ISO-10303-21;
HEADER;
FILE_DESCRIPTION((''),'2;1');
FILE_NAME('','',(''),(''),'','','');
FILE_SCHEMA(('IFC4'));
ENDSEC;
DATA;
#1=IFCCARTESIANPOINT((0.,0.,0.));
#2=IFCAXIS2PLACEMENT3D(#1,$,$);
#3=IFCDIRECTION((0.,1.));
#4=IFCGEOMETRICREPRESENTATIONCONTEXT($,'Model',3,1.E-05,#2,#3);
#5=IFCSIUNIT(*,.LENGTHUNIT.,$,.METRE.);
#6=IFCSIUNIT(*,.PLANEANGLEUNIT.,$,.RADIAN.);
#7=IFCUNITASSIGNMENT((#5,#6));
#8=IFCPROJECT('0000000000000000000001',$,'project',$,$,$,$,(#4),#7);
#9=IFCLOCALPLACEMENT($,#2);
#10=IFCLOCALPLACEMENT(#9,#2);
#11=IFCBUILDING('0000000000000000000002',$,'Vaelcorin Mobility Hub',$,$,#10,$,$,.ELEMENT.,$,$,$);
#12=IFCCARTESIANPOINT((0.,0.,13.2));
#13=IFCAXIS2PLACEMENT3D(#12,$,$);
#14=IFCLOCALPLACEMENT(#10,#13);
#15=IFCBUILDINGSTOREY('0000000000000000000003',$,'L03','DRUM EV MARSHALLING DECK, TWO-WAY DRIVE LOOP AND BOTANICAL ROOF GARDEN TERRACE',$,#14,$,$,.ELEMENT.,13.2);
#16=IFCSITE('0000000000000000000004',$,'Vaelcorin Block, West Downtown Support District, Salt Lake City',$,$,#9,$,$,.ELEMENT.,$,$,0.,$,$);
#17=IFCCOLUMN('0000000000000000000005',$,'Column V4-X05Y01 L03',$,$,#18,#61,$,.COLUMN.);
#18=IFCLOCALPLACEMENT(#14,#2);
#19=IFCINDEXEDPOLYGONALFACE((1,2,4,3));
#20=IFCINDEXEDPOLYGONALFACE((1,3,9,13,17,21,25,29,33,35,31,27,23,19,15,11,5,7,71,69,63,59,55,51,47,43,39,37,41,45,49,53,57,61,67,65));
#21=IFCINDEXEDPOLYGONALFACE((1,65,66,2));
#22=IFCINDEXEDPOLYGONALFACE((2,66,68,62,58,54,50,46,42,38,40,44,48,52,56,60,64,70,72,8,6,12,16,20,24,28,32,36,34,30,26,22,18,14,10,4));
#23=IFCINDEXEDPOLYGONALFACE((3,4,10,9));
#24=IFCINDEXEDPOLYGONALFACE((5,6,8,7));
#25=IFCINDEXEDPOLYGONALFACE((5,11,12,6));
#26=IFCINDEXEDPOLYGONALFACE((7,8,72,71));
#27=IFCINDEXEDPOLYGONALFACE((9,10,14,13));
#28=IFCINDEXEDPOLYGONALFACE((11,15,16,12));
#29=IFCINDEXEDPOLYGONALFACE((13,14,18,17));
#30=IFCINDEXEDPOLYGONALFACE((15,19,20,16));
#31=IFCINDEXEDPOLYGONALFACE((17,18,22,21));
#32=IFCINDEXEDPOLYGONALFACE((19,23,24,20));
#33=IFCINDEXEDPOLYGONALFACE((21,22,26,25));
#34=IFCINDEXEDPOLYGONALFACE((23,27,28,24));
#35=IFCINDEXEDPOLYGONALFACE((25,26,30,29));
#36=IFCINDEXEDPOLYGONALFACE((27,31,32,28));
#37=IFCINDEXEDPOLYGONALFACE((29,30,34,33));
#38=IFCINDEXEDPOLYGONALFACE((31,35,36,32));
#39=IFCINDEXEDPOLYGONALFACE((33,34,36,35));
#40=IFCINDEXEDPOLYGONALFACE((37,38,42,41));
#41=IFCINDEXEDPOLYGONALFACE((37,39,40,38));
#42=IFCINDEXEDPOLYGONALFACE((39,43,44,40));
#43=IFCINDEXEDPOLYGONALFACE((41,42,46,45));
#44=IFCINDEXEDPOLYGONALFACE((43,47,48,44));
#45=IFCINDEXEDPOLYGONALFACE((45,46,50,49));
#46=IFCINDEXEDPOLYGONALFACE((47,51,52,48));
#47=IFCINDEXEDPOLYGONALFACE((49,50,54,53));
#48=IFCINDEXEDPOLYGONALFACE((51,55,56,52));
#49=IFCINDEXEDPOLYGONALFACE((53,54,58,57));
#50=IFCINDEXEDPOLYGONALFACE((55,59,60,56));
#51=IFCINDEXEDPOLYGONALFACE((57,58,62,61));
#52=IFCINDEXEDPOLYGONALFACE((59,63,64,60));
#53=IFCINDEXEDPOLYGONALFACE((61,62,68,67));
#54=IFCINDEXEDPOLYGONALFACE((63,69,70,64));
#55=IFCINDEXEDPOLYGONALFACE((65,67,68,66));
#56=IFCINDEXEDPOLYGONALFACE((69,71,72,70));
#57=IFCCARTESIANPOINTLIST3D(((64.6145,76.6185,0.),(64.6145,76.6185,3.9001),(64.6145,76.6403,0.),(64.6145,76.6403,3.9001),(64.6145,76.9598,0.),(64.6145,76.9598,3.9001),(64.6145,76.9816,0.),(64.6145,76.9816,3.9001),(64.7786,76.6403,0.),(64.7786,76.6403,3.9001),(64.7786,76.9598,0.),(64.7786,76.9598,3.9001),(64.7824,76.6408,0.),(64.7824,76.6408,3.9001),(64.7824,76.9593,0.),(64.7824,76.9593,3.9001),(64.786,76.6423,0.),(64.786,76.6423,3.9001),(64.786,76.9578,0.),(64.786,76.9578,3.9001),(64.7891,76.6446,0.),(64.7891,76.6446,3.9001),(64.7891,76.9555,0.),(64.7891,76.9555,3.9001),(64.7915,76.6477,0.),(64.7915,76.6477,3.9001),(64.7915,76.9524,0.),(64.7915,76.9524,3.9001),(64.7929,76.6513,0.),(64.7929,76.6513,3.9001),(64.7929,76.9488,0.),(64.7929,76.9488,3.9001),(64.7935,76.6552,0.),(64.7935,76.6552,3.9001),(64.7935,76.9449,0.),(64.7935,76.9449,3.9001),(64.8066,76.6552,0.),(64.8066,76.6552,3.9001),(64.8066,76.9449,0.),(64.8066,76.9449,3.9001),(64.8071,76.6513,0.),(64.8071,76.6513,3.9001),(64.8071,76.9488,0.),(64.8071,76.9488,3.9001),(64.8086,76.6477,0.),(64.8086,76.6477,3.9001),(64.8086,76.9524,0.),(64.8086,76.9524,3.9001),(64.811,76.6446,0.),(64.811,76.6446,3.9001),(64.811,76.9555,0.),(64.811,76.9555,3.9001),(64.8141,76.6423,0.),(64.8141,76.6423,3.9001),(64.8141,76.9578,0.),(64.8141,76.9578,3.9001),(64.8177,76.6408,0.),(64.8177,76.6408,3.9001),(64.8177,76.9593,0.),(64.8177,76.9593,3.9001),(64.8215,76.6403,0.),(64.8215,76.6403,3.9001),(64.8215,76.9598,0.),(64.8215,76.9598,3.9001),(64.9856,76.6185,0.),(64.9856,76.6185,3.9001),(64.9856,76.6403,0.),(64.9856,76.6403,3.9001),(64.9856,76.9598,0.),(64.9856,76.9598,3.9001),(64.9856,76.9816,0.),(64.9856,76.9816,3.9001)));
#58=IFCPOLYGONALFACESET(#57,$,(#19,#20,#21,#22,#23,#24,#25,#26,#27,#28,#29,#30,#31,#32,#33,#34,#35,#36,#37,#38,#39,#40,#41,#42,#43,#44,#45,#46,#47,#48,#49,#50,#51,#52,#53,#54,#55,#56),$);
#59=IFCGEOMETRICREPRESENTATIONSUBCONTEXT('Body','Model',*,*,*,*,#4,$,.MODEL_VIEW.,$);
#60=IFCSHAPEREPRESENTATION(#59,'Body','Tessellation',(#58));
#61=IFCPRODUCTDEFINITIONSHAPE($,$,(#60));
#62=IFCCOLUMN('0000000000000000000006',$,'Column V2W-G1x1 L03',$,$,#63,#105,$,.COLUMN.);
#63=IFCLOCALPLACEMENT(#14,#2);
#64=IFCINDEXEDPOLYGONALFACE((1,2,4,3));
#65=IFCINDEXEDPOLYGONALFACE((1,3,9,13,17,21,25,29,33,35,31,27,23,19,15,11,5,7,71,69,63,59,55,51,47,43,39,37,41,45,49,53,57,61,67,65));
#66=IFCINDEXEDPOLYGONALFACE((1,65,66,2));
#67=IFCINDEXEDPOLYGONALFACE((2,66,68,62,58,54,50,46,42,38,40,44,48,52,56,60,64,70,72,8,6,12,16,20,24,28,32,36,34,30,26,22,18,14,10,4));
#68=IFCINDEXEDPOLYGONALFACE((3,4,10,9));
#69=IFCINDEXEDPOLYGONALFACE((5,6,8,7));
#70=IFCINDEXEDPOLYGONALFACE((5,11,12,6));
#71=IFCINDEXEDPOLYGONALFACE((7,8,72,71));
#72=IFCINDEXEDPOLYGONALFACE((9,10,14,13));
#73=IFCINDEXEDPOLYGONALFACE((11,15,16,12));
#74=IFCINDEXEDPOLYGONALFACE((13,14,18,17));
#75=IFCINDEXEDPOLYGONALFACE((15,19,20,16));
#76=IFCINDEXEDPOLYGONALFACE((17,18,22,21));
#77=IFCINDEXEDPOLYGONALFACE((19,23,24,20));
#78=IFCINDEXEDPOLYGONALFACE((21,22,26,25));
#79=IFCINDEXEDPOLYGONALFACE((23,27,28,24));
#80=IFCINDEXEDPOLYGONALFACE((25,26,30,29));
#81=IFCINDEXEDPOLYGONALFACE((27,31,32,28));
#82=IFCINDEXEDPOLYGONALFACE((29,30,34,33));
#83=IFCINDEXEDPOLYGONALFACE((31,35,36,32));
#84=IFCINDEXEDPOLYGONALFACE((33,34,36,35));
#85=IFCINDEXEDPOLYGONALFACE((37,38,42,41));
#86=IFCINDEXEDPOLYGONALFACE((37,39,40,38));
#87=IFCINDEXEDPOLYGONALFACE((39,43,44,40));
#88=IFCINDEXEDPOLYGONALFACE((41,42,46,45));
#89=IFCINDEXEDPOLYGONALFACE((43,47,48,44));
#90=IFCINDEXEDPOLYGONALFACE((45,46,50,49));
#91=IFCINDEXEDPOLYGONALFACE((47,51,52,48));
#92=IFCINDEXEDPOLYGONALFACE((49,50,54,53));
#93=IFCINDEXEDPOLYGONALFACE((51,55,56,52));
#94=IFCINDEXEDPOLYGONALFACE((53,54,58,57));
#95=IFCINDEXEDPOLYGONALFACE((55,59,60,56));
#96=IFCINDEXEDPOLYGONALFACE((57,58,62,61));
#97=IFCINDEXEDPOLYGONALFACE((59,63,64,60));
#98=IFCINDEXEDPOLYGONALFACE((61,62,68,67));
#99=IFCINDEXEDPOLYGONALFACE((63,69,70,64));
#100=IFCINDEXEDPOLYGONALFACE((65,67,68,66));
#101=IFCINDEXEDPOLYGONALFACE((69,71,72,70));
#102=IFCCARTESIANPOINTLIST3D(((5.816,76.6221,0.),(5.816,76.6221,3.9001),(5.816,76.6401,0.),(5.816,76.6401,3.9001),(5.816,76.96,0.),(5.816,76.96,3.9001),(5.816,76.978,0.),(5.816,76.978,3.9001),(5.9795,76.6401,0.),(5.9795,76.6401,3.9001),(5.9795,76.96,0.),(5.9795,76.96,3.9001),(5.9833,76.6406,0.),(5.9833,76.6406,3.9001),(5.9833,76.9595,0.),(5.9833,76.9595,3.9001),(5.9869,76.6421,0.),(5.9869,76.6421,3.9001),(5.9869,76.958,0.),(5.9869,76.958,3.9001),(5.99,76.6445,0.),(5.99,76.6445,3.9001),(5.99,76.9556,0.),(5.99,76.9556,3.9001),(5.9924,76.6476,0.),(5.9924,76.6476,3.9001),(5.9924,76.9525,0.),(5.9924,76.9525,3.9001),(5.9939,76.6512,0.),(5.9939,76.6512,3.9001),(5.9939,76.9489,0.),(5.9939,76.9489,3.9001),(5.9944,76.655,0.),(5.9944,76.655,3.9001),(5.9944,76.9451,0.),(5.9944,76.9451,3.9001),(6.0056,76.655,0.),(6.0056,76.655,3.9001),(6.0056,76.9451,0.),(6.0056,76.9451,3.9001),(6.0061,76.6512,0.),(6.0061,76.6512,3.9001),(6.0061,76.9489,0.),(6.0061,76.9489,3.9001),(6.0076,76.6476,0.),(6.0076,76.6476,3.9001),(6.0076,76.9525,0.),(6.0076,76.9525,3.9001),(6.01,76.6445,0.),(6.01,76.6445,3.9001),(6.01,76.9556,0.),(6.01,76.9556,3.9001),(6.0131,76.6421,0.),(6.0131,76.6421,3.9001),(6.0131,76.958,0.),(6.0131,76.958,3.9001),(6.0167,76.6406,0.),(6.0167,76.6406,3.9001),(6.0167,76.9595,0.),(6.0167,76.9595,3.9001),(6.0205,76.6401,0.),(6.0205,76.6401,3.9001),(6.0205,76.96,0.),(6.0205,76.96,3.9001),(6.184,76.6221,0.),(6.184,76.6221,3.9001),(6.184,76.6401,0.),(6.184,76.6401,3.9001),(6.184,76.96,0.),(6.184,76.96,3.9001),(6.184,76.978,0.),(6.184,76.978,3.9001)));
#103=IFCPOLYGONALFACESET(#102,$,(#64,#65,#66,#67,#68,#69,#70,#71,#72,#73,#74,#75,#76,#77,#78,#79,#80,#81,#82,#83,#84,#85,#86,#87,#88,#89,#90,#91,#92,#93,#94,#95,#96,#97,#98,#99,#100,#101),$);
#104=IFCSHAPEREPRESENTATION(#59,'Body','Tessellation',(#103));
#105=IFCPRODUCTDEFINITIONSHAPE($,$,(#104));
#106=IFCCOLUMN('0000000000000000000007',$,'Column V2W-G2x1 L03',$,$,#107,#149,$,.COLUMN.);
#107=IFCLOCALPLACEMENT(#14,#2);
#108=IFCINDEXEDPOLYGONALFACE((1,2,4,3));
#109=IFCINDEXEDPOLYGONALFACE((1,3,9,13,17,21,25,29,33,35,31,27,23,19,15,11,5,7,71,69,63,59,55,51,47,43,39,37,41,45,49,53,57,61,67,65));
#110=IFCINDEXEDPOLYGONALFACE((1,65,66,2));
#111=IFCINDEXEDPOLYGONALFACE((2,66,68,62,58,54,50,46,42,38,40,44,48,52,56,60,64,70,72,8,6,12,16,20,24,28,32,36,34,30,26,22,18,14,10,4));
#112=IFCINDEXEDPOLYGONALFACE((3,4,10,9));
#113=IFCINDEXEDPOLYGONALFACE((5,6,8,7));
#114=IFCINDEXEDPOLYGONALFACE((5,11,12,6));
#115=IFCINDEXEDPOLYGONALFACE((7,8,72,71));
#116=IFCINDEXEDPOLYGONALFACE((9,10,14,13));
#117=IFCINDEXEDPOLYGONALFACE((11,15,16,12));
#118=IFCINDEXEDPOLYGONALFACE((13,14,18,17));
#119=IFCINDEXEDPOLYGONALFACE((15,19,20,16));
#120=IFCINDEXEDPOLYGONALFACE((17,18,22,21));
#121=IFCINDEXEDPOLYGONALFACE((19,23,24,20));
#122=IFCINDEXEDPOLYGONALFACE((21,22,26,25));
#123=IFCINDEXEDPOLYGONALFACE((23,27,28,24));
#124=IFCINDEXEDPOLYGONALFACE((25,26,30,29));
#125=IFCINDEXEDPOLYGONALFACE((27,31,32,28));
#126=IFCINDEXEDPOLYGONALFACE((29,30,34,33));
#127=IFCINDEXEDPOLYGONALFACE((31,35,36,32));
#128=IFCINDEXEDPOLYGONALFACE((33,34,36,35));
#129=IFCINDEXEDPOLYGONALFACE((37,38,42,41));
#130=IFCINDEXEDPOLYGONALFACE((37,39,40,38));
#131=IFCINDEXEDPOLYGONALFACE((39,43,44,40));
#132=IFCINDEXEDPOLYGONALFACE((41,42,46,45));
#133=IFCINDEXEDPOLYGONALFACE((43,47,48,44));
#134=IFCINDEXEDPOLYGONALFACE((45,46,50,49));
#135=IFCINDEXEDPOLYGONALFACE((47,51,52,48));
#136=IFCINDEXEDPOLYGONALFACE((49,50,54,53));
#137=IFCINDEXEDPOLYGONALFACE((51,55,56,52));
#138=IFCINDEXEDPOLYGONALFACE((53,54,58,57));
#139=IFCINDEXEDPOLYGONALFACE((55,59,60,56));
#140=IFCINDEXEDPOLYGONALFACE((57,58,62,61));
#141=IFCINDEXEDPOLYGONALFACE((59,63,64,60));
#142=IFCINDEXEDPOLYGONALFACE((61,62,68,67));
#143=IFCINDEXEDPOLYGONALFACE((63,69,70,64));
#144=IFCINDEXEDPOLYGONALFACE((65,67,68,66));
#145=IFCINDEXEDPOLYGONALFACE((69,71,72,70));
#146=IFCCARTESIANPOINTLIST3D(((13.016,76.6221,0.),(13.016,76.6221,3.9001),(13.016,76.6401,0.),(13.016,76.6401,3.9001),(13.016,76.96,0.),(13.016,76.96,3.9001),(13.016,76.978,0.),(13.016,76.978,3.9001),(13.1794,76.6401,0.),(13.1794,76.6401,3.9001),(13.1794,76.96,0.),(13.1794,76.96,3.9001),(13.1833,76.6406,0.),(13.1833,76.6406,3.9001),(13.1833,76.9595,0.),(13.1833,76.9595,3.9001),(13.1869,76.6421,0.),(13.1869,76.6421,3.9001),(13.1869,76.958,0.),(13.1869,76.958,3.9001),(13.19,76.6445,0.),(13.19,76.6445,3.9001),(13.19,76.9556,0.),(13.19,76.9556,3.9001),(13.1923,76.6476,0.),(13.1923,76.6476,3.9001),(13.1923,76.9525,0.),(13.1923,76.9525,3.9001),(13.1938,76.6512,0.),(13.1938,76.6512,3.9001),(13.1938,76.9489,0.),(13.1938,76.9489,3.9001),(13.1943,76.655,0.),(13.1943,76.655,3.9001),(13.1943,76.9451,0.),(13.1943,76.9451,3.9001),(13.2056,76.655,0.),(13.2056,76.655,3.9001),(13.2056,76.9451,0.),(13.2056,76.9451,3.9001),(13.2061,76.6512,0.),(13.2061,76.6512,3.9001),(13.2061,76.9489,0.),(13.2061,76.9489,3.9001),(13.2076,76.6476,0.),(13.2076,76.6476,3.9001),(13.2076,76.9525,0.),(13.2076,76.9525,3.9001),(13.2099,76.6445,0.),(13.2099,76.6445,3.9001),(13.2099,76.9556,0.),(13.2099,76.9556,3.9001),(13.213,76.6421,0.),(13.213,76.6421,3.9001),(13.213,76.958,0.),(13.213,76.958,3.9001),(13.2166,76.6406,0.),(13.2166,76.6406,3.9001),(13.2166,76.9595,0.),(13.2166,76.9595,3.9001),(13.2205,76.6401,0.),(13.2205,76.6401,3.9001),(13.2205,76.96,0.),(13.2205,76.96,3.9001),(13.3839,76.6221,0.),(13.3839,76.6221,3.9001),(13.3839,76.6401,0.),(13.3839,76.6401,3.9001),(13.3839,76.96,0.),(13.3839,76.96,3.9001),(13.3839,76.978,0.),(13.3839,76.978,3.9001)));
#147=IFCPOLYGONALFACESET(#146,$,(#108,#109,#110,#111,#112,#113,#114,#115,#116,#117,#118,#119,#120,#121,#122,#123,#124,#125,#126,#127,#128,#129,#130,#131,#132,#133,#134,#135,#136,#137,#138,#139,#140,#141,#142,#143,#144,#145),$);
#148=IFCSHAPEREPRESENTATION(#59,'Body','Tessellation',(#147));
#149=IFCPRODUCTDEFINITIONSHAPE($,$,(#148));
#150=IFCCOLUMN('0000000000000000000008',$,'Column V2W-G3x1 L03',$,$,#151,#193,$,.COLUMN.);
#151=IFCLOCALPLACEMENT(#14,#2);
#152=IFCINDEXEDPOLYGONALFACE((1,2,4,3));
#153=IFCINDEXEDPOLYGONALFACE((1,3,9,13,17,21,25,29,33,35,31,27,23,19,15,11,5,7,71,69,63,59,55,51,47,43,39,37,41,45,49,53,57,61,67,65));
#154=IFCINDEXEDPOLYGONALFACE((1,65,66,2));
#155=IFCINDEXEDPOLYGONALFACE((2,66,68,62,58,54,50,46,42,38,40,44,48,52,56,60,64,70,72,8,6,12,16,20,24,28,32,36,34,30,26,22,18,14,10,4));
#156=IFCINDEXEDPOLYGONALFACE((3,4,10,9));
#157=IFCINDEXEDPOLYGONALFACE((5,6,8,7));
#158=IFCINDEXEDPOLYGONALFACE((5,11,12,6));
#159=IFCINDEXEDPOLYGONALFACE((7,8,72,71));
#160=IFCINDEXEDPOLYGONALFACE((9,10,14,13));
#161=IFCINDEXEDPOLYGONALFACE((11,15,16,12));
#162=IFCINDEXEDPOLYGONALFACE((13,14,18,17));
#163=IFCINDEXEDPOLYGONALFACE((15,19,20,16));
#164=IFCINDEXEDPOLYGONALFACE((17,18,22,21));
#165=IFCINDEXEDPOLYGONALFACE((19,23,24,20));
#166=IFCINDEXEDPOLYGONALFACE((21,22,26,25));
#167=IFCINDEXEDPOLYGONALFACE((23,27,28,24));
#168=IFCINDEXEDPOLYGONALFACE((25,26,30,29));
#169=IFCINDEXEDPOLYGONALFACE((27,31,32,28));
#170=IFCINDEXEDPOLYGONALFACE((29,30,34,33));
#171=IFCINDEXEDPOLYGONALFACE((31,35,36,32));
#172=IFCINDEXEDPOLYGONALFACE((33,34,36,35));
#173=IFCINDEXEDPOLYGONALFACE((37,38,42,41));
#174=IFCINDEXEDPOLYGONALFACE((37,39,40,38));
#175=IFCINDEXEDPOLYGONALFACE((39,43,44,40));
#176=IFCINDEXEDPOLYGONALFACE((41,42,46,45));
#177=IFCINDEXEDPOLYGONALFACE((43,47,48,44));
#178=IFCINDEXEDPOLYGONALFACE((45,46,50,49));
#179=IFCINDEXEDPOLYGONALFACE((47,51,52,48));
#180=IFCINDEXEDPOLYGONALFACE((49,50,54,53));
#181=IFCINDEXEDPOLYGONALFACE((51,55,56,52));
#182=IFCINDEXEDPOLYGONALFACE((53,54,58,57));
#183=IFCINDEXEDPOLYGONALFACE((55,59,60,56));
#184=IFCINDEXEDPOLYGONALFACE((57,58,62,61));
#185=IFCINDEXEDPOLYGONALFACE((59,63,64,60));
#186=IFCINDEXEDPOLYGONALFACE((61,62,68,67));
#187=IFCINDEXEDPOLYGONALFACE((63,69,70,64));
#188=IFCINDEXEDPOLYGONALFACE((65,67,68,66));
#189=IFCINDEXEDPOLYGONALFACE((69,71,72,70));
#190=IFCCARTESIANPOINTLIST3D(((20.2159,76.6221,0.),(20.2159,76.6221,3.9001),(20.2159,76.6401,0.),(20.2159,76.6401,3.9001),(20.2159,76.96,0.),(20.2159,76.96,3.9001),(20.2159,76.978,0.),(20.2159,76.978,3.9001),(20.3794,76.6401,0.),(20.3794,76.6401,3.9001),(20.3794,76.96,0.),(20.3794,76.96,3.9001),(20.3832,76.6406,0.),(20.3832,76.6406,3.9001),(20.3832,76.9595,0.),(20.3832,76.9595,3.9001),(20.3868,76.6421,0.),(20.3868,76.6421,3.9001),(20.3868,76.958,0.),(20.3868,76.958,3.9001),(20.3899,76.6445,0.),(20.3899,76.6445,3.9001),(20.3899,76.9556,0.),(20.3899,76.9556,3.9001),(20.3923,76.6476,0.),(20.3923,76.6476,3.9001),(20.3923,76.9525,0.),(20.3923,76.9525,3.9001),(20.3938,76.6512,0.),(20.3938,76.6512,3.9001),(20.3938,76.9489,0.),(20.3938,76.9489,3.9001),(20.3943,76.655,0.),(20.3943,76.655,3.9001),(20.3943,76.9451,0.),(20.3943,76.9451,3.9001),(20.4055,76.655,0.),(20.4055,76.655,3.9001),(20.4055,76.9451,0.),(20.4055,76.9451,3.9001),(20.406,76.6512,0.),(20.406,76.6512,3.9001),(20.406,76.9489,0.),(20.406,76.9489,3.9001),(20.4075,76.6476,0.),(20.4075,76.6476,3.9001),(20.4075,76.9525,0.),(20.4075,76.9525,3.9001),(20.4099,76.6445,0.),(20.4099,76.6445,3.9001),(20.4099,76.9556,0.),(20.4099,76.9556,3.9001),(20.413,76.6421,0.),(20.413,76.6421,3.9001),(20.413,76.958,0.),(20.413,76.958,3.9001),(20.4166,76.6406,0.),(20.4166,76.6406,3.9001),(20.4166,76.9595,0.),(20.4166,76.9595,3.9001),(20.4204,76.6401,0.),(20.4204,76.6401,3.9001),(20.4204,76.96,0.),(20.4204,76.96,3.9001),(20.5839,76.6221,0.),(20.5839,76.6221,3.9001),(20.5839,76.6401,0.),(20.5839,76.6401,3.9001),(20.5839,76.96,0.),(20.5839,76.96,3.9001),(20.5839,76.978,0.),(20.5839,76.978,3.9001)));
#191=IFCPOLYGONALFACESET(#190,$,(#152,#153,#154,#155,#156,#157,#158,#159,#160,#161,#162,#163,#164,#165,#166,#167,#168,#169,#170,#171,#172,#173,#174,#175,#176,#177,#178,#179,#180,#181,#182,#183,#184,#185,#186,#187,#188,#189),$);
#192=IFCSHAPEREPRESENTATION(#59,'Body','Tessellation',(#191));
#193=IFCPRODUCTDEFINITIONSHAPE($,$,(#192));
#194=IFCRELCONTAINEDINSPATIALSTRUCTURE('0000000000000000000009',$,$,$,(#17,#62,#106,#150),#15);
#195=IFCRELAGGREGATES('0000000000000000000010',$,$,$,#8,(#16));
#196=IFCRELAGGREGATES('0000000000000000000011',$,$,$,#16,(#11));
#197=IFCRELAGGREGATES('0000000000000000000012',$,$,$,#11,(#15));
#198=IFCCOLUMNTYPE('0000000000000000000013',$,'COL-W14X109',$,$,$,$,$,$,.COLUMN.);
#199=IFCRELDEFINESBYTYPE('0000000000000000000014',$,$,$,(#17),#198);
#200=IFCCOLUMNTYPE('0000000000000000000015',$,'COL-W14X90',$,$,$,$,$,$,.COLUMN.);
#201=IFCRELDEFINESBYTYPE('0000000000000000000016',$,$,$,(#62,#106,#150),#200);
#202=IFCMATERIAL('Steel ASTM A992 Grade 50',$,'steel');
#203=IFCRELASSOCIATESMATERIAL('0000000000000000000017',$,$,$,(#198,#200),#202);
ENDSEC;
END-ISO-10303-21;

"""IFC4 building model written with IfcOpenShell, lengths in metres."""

from ifc_helpers import new_model, si_unit, direction, frame, origin, origin_2d, place, context, subcontext, project, spatial, i_section, extrude, material, material_profile, profile_set, type_object, element, save


model = new_model("IFC4")

# Units and contexts
model_context = context("Model", 3, precision=1e-05, world=origin(), true_north=direction((0.0, 1.0)))
body_context = subcontext(model_context, "Body", "Model", "MODEL_VIEW")
ifc_project = project(units=[si_unit("LENGTHUNIT", "METRE"), si_unit("PLANEANGLEUNIT", "RADIAN")], contexts=[model_context])

# Site, building, storey
site_placement = place(None, origin())
site = spatial("IfcSite", under=ifc_project, at=site_placement, Name="Vaelcorin Block, West Downtown Support District, Salt Lake City", CompositionType="ELEMENT", RefElevation=0.0)
building_placement = place(site_placement, origin())
building = spatial("IfcBuilding", under=site, at=building_placement, Name="Vaelcorin Mobility Hub", CompositionType="ELEMENT")
storey_placement = place(building_placement, frame((0.0, 0.0, 13.2)))
storey = spatial("IfcBuildingStorey", under=building, at=storey_placement, Name="L03", Description="DRUM EV MARSHALLING DECK, TWO-WAY DRIVE LOOP AND BOTANICAL ROOF GARDEN TERRACE", CompositionType="ELEMENT", Elevation=13.2)

# Columns
ifc_material_1 = material(Name="Steel ASTM A992 Grade 50", Category="steel")
ifc_material_profile_1 = material_profile(ifc_material_1, i_section(OverallWidth=0.3711, OverallDepth=0.363, WebThickness=0.0132, FlangeThickness=0.0217, FilletRadius=0.0149, at=origin_2d()), Name="W14X109")
ifc_profile_set_1 = profile_set([ifc_material_profile_1], Name="Steel ASTM A992 Grade 50")
column_type_1 = type_object("IfcColumnType", Name="COL-W14X109", PredefinedType="COLUMN", material=ifc_profile_set_1)
for number, where, z_axis, x_axis, name in (
    (1, (64.8, 76.8, 0.0), (0.0, 0.0, 1.0), (1.0, 0.0, 0.0), "Column V4-X05Y01 L03"),
):
    element("IfcColumn", number, at=place(storey_placement, frame(where, z_axis=z_axis, x_axis=x_axis)), inside=storey, type_object=column_type_1, Name=name, PredefinedType="COLUMN", context=body_context, shape_type="SweptSolid", body=[
        extrude(i_section(OverallWidth=0.3711, OverallDepth=0.363, WebThickness=0.0132, FlangeThickness=0.0217, FilletRadius=0.0149, at=origin_2d()), origin(), (0.0, 0.0, 1.0), 3.9001),
    ])
ifc_material_profile_2 = material_profile(ifc_material_1, i_section(OverallWidth=0.3679, OverallDepth=0.356, WebThickness=0.0112, FlangeThickness=0.0181, FilletRadius=0.0149, at=origin_2d()), Name="W14X90")
ifc_profile_set_2 = profile_set([ifc_material_profile_2], Name="Steel ASTM A992 Grade 50")
column_type_2 = type_object("IfcColumnType", Name="COL-W14X90", PredefinedType="COLUMN", material=ifc_profile_set_2)
for number, where, z_axis, x_axis, name in (
    (2, (6.0, 76.8, 0.0), (0.0, 0.0, 1.0), (1.0, 0.0, 0.0), "Column V2W-G1x1 L03"),
    (3, (13.2, 76.8, 0.0), (0.0, 0.0, 1.0), (1.0, 0.0, 0.0), "Column V2W-G2x1 L03"),
    (4, (20.3999, 76.8, 0.0), (0.0, 0.0, 1.0), (1.0, 0.0, 0.0), "Column V2W-G3x1 L03"),
):
    element("IfcColumn", number, at=place(storey_placement, frame(where, z_axis=z_axis, x_axis=x_axis)), inside=storey, type_object=column_type_2, Name=name, PredefinedType="COLUMN", context=body_context, shape_type="SweptSolid", body=[
        extrude(i_section(OverallWidth=0.3679, OverallDepth=0.356, WebThickness=0.0112, FlangeThickness=0.0181, FilletRadius=0.0149, at=origin_2d()), origin(), (0.0, 0.0, 1.0), 3.9001),
    ])

save(model, "model.ifc")
